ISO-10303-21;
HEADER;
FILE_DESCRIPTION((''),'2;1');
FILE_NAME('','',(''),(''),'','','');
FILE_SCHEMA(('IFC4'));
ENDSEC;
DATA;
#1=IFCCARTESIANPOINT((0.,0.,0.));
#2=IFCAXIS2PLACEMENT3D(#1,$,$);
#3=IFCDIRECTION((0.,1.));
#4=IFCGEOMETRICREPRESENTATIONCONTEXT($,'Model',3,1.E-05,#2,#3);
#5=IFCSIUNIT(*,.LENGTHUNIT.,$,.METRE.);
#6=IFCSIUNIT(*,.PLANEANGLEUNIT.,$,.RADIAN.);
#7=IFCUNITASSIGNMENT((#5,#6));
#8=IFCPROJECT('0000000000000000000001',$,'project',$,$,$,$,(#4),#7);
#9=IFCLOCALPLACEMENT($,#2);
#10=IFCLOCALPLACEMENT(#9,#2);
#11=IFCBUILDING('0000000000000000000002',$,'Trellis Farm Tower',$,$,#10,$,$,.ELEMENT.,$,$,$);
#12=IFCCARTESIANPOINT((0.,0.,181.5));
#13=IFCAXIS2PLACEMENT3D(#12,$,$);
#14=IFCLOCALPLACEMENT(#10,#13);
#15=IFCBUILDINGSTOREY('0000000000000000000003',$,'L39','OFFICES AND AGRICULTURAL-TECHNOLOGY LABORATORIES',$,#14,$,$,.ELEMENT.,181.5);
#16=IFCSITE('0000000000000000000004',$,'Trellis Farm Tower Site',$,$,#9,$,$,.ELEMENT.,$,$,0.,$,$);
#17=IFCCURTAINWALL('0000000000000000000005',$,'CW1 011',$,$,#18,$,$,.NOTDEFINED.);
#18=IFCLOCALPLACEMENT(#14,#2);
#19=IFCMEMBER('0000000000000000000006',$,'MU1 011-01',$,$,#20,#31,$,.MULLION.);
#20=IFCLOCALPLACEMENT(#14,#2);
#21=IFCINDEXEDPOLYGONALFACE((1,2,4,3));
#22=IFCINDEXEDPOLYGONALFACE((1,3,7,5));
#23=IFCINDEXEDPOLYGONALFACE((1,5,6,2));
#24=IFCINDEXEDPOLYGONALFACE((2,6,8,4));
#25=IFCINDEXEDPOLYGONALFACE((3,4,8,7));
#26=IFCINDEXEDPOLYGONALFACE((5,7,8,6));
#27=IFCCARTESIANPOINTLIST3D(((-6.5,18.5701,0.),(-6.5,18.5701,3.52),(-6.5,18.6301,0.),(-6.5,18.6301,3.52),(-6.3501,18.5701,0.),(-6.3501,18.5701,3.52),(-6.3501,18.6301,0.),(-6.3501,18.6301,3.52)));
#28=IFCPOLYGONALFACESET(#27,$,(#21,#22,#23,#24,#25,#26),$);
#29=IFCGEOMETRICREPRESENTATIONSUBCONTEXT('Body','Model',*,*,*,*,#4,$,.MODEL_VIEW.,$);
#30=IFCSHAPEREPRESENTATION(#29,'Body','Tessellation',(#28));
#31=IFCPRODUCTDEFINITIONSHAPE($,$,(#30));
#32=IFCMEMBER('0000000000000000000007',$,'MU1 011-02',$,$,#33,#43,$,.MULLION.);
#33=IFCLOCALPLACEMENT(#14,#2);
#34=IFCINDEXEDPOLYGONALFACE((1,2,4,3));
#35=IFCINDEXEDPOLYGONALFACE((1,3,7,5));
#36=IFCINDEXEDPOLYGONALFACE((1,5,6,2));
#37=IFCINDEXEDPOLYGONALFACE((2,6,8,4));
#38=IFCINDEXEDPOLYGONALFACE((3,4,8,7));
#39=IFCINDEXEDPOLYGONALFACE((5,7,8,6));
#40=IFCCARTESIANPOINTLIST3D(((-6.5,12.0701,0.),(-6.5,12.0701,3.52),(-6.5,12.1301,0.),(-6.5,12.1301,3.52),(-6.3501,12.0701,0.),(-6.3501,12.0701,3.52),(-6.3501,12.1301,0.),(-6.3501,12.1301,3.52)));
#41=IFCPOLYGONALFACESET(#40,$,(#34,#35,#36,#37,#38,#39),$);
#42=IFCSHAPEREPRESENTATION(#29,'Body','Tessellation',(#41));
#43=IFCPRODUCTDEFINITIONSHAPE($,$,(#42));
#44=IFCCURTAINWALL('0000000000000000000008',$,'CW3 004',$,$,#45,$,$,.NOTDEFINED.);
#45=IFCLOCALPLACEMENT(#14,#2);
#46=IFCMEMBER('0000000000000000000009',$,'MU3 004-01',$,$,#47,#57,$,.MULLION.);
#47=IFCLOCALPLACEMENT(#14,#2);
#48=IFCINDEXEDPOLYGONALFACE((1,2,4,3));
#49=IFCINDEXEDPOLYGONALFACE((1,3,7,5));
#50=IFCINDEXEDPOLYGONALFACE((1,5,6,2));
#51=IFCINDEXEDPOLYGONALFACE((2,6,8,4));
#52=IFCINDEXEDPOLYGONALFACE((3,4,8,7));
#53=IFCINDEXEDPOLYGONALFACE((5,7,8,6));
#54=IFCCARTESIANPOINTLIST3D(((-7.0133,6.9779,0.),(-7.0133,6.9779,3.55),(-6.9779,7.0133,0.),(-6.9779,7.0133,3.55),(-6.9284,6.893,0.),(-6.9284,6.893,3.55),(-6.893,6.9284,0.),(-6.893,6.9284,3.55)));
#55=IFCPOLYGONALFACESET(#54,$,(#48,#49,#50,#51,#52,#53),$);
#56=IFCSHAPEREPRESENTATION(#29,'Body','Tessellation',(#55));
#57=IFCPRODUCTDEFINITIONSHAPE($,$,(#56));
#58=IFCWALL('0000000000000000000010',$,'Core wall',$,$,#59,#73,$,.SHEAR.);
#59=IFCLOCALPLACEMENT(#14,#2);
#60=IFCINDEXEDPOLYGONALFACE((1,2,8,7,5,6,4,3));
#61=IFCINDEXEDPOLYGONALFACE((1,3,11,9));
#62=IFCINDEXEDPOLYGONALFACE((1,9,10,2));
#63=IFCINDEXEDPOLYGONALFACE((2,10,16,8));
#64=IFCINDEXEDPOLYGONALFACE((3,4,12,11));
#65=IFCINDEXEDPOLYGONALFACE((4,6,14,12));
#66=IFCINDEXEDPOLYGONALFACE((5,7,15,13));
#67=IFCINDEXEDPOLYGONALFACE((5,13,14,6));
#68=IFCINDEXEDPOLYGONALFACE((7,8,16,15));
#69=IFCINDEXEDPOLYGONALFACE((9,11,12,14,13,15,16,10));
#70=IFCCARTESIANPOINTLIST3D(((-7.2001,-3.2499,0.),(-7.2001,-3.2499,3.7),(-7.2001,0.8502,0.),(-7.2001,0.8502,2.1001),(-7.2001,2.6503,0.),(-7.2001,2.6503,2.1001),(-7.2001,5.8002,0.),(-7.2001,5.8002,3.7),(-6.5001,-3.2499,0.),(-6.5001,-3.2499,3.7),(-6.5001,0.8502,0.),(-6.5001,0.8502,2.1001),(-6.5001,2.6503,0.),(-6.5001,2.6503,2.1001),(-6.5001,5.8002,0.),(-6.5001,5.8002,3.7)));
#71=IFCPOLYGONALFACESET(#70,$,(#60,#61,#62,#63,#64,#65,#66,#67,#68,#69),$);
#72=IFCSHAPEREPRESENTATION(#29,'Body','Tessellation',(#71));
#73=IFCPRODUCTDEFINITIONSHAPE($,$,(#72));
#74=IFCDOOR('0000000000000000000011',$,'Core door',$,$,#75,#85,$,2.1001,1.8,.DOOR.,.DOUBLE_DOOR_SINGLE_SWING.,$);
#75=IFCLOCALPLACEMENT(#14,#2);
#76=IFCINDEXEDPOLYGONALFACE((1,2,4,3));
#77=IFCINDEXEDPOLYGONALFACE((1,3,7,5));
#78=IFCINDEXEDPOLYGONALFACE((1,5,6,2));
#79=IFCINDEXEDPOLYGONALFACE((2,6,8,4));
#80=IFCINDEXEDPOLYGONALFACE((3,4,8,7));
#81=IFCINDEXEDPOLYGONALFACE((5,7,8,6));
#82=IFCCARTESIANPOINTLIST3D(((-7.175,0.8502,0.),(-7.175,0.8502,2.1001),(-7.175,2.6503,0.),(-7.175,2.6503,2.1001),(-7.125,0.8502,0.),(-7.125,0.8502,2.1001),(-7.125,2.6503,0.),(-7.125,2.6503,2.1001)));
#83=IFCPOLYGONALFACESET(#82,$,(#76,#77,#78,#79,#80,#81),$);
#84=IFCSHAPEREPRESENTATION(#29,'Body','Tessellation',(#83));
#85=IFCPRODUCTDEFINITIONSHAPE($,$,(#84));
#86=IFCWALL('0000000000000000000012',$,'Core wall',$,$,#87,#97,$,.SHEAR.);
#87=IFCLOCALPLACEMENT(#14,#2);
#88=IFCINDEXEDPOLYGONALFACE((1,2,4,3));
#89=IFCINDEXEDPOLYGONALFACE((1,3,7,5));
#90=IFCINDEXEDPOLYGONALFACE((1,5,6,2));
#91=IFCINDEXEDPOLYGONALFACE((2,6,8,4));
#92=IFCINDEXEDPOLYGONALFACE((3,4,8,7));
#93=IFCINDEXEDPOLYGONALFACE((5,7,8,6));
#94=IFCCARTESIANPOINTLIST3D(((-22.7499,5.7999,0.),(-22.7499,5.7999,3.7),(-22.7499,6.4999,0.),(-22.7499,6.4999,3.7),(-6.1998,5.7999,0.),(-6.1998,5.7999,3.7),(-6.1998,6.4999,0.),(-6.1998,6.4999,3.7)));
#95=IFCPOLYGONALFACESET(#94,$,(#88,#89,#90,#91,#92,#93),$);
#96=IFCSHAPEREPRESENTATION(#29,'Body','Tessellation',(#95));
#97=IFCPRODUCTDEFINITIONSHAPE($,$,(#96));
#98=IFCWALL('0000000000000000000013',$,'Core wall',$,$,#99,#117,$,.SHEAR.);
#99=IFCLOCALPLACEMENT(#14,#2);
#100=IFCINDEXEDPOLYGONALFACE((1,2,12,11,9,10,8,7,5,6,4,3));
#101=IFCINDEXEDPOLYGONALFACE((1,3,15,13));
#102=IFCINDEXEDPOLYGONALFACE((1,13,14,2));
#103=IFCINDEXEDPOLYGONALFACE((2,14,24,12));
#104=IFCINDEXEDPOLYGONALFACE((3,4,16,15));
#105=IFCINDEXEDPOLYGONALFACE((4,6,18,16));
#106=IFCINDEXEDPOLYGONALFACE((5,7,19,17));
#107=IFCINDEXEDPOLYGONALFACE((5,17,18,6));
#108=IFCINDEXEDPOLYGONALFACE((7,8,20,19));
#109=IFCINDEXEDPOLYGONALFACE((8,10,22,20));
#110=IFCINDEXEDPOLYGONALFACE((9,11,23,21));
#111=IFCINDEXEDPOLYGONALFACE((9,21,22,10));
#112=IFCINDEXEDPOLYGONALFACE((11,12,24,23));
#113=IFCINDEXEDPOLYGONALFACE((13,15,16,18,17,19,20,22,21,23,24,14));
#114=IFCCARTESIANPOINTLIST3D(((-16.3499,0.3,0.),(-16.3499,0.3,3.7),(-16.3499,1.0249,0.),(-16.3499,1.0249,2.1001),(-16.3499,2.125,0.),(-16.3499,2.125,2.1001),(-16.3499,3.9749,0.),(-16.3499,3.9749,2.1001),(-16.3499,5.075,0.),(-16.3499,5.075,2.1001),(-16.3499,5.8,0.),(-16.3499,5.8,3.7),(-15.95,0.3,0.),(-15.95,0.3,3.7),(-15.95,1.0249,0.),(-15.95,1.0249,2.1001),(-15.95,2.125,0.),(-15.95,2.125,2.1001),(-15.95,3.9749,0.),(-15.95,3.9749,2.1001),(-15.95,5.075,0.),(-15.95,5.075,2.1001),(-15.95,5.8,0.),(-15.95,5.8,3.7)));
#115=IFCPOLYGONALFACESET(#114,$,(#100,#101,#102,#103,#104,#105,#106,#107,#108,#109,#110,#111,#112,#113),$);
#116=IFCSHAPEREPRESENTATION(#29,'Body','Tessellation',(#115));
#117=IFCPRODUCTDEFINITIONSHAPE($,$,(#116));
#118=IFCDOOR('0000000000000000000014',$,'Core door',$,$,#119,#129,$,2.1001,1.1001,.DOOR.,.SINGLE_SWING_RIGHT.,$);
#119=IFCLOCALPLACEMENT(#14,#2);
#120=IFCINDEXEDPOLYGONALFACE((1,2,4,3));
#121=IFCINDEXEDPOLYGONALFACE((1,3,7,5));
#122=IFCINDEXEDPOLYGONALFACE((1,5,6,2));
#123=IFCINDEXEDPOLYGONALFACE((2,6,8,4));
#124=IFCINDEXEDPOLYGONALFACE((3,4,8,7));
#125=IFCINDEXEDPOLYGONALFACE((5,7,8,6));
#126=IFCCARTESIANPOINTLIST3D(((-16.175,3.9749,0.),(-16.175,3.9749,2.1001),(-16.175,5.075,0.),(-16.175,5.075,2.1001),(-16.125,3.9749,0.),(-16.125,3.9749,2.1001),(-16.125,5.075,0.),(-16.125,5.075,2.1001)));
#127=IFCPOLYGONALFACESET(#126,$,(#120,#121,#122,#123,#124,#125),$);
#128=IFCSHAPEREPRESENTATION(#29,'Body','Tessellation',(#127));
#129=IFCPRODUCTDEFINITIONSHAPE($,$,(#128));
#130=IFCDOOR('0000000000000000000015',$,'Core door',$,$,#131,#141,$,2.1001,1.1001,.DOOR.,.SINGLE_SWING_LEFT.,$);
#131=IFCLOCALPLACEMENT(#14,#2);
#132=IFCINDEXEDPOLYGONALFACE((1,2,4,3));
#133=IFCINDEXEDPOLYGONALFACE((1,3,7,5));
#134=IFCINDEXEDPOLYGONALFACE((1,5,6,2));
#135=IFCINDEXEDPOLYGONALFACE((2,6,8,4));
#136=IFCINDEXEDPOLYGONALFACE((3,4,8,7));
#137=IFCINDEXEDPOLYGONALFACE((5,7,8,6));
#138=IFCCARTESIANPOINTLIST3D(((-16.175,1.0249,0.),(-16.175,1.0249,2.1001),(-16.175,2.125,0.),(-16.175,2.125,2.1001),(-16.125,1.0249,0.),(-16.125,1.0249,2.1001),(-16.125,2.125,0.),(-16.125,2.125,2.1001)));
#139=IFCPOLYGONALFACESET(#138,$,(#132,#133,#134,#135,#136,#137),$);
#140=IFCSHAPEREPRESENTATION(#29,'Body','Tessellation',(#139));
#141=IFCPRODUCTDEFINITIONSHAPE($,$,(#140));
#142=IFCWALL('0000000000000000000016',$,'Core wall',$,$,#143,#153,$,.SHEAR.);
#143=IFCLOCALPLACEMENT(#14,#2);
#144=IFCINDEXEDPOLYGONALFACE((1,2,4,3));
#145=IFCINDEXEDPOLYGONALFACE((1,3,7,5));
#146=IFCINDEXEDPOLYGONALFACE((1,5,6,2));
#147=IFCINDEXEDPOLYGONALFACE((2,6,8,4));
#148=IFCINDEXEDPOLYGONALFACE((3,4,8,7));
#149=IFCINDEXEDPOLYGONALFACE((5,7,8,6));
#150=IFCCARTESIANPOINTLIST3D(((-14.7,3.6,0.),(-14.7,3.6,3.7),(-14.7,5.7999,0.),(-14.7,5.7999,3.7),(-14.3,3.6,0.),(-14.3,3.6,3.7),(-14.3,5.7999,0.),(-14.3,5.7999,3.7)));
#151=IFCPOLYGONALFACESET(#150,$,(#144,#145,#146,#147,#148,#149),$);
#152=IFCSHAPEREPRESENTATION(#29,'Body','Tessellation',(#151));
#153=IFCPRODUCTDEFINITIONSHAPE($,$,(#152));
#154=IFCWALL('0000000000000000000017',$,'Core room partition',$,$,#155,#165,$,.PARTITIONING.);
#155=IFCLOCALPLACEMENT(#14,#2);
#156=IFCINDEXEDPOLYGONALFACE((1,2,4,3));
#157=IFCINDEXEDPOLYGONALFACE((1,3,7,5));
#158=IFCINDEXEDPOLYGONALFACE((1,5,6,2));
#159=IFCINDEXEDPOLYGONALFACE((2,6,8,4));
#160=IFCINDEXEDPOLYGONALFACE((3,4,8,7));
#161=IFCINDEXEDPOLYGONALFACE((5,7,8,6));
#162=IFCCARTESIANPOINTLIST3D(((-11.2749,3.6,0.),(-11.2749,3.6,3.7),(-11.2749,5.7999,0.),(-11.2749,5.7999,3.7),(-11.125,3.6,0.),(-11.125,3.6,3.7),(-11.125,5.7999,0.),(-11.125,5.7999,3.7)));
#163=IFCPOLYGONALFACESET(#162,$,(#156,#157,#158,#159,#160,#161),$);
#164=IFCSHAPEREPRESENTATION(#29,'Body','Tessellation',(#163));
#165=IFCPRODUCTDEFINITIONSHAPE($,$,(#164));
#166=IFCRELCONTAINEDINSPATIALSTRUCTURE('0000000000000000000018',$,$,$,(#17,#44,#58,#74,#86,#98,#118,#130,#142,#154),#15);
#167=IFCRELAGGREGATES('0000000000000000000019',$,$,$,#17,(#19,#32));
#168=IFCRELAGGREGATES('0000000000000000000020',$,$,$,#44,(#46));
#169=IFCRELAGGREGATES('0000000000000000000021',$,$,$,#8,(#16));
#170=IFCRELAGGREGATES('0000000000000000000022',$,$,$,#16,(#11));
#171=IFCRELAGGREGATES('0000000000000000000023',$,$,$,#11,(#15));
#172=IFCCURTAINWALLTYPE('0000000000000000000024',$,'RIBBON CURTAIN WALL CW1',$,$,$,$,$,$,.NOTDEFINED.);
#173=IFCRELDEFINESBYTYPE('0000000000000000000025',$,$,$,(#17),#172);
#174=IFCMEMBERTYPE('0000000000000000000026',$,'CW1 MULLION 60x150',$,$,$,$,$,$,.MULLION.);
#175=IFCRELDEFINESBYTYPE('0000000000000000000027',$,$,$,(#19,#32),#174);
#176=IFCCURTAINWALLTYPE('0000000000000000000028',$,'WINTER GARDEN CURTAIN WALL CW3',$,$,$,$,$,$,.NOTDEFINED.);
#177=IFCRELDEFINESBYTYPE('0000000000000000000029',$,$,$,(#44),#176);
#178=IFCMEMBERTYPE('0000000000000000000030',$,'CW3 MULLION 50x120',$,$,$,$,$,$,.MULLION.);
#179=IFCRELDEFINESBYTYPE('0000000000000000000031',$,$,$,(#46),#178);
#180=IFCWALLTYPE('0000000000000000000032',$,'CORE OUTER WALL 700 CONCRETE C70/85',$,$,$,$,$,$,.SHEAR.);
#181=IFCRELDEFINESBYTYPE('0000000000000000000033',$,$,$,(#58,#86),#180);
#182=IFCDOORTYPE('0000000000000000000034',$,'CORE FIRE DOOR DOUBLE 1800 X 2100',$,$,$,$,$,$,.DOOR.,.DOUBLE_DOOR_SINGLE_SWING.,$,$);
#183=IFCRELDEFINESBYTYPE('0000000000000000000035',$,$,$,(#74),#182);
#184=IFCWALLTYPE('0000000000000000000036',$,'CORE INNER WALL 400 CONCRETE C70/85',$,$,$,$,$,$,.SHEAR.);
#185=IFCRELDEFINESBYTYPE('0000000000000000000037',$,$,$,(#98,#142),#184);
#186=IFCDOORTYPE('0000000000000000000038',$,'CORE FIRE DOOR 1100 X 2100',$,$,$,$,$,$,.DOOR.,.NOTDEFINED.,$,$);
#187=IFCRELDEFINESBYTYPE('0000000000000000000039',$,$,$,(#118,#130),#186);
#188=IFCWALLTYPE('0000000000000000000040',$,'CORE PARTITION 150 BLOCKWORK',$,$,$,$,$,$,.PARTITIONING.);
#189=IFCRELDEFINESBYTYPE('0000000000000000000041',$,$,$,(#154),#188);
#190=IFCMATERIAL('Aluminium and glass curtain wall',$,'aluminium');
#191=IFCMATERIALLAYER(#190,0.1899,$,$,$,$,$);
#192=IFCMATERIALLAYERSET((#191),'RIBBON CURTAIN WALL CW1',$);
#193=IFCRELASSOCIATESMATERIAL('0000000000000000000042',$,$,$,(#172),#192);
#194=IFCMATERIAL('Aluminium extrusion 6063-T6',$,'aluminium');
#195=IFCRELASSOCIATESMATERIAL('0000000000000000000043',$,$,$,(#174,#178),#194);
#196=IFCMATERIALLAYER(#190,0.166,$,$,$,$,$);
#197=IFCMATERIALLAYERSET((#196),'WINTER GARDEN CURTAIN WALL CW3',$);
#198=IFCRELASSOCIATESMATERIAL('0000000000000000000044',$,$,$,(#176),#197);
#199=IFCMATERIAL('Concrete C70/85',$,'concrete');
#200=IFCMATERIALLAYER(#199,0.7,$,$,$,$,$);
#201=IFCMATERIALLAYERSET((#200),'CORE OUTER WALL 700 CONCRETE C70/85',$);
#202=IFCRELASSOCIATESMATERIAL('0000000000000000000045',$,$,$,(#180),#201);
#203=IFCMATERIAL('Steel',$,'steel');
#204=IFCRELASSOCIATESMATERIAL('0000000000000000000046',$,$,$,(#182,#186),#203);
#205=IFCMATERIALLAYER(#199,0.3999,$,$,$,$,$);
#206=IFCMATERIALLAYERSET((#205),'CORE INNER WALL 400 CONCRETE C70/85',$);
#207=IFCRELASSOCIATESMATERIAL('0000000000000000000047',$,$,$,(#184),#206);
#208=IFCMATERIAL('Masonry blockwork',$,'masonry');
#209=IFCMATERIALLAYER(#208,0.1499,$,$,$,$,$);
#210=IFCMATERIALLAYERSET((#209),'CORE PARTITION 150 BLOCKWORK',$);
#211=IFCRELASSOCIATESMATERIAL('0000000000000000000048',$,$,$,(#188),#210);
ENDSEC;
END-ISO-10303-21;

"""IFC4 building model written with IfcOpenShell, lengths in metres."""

from ifc_helpers import new_model, si_unit, direction, frame, frame_2d, origin, origin_2d, place, context, subcontext, project, spatial, rectangle, extrude, source, transform, mapped, material, layer, layer_set, material_profile, profile_set, type_object, element, fill, aggregate, save


model = new_model("IFC4")

# Units and contexts
model_context = context("Model", 3, precision=1e-05, world=origin(), true_north=direction((0.0, 1.0)))
body_context = subcontext(model_context, "Body", "Model", "MODEL_VIEW")
ifc_project = project(units=[si_unit("LENGTHUNIT", "METRE"), si_unit("PLANEANGLEUNIT", "RADIAN")], contexts=[model_context])

# Site, building, storey
site_placement = place(None, origin())
site = spatial("IfcSite", under=ifc_project, at=site_placement, Name="Trellis Farm Tower Site", CompositionType="ELEMENT", RefElevation=0.0)
building_placement = place(site_placement, origin())
building = spatial("IfcBuilding", under=site, at=building_placement, Name="Trellis Farm Tower", CompositionType="ELEMENT")
storey_placement = place(building_placement, frame((0.0, 0.0, 181.5)))
storey = spatial("IfcBuildingStorey", under=building, at=storey_placement, Name="L39", Description="OFFICES AND AGRICULTURAL-TECHNOLOGY LABORATORIES", CompositionType="ELEMENT", Elevation=181.5)

# Shared definitions
ifc_material_1 = material(Name="Concrete C70/85", Category="concrete")

# Shared definitions
ifc_material_2 = material(Name="Aluminium and glass curtain wall", Category="aluminium")
ifc_layer_1 = layer(ifc_material_2, 0.1899)
ifc_layer_set_1 = layer_set([ifc_layer_1], Name="RIBBON CURTAIN WALL CW1")
curtain_wall_type_1 = type_object("IfcCurtainWallType", Name="RIBBON CURTAIN WALL CW1", PredefinedType="NOTDEFINED", material=ifc_layer_set_1)
placement = place(storey_placement, origin())
ifc_material_3 = material(Name="Aluminium extrusion 6063-T6", Category="aluminium")
ifc_material_profile_1 = material_profile(ifc_material_3, rectangle(XDim=0.0601, YDim=0.1499, at=origin_2d()), Name="MULLION 60x150")
ifc_profile_set_1 = profile_set([ifc_material_profile_1], Name="Aluminium extrusion 6063-T6")
member_type_1 = type_object("IfcMemberType", Name="CW1 MULLION 60x150", PredefinedType="MULLION", material=ifc_profile_set_1)
shared_shape_1 = source(origin(), body_context, "Body", "SweptSolid", [
    extrude(rectangle(XDim=0.0601, YDim=0.1499, at=origin_2d()), origin(), (0.0, 0.0, 1.0), 3.52),
])

# Curtain wall, members
curtain_wall_1 = element("IfcCurtainWall", 1, at=placement, inside=storey, type_object=curtain_wall_type_1, Name="CW1 011", PredefinedType="NOTDEFINED")
member_1_placement = place(storey_placement, frame((-6.425, 18.6001, 0.0), z_axis=(0.0, 0.0, 1.0), x_axis=(0.0, -1.0, 0.0)))
member_1 = element("IfcMember", 2, at=member_1_placement, type_object=member_type_1, Name="MU1 011-01", PredefinedType="MULLION", context=body_context, shape_type="MappedRepresentation", body=[
    mapped(shared_shape_1, transform((0.0, 0.0, 0.0))),
])
member_2_placement = place(storey_placement, frame((-6.425, 12.1001, 0.0), z_axis=(0.0, 0.0, 1.0), x_axis=(0.0, -1.0, 0.0)))
member_2 = element("IfcMember", 3, at=member_2_placement, type_object=member_type_1, Name="MU1 011-02", PredefinedType="MULLION", context=body_context, shape_type="MappedRepresentation", body=[
    mapped(shared_shape_1, transform((0.0, 0.0, 0.0))),
])
aggregate(curtain_wall_1, [member_1, member_2])

# Curtain wall, member
ifc_layer_2 = layer(ifc_material_2, 0.166)
ifc_layer_set_2 = layer_set([ifc_layer_2], Name="WINTER GARDEN CURTAIN WALL CW3")
curtain_wall_type_2 = type_object("IfcCurtainWallType", Name="WINTER GARDEN CURTAIN WALL CW3", PredefinedType="NOTDEFINED", material=ifc_layer_set_2)
curtain_wall_2 = element("IfcCurtainWall", 4, at=placement, inside=storey, type_object=curtain_wall_type_2, Name="CW3 004", PredefinedType="NOTDEFINED")
ifc_material_profile_2 = material_profile(ifc_material_3, rectangle(XDim=0.05, YDim=0.1201, at=origin_2d()), Name="MULLION 50x120")
ifc_profile_set_2 = profile_set([ifc_material_profile_2], Name="Aluminium extrusion 6063-T6")
member_type_2 = type_object("IfcMemberType", Name="CW3 MULLION 50x120", PredefinedType="MULLION", material=ifc_profile_set_2)
shared_shape_2 = source(origin(), body_context, "Body", "SweptSolid", [
    extrude(rectangle(XDim=0.05, YDim=0.1201, at=origin_2d()), origin(), (0.0, 0.0, 1.0), 3.55),
])
member_3_placement = place(storey_placement, frame((-6.9531, 6.9531, 0.0), z_axis=(0.0, 0.0, 1.0), x_axis=(-0.707107, -0.707107, 0.0)))
member_3 = element("IfcMember", 5, at=member_3_placement, type_object=member_type_2, Name="MU3 004-01", PredefinedType="MULLION", context=body_context, shape_type="MappedRepresentation", body=[
    mapped(shared_shape_2, transform((0.0, 0.0, 0.0))),
])
aggregate(curtain_wall_2, [member_3])

# Wall, opening, door
ifc_layer_3 = layer(ifc_material_1, 0.7)
ifc_layer_set_3 = layer_set([ifc_layer_3], Name="CORE OUTER WALL 700 CONCRETE C70/85")
wall_type_1 = type_object("IfcWallType", Name="CORE OUTER WALL 700 CONCRETE C70/85", PredefinedType="SHEAR", material=ifc_layer_set_3)
shared_shape_3 = source(origin(), body_context, "Body", "SweptSolid", [
    extrude(rectangle(XDim=9.05, YDim=0.7, at=frame_2d((4.5249, 0.0))), origin(), (0.0, 0.0, 1.0), 3.7),
])
wall_1_placement = place(storey_placement, frame((-6.8501, 5.8, 0.0), z_axis=(0.0, 0.0, 1.0), x_axis=(0.0, -1.0, 0.0)))
wall_1 = element("IfcWall", 6, at=wall_1_placement, inside=storey, type_object=wall_type_1, Name="Core wall", PredefinedType="SHEAR", context=body_context, shape_type="MappedRepresentation", body=[
    mapped(shared_shape_3, transform((0.0, 0.0, 0.0))),
])
shared_shape_4 = source(origin(), body_context, "Body", "SweptSolid", [
    extrude(rectangle(XDim=1.8, YDim=2.1001, at=frame_2d((0.8999, 1.05))), frame((0.0, 0.3601, 0.0), z_axis=(0.0, -1.0, 0.0), x_axis=(1.0, 0.0, 0.0)), (0.0, 0.0, 1.0), 0.7202),
])
opening_1_placement = place(wall_1_placement, frame((3.1499, 0.0, 0.0)))
opening_1 = element("IfcOpeningElement", 7, at=opening_1_placement, cuts=wall_1, PredefinedType="OPENING", context=body_context, shape_type="MappedRepresentation", body=[
    mapped(shared_shape_4, transform((0.0, 0.0, 0.0))),
])
ifc_material_4 = material(Name="Steel", Category="steel")
door_type_1 = type_object("IfcDoorType", Name="CORE FIRE DOOR DOUBLE 1800 X 2100", OperationType="DOUBLE_DOOR_SINGLE_SWING", PredefinedType="DOOR", material=ifc_material_4)
shared_shape_5 = source(origin(), body_context, "Body", "SweptSolid", [
    extrude(rectangle(XDim=1.8, YDim=2.1001, at=frame_2d((0.8999, 1.05))), frame((0.0, -0.2749, 0.0), z_axis=(0.0, -1.0, 0.0), x_axis=(1.0, 0.0, 0.0)), (0.0, 0.0, 1.0), 0.05),
])
door_1_placement = place(opening_1_placement, origin())
door_1 = element("IfcDoor", 8, at=door_1_placement, inside=storey, type_object=door_type_1, Name="Core door", OperationType="DOUBLE_DOOR_SINGLE_SWING", OverallHeight=2.1001, OverallWidth=1.8, PredefinedType="DOOR", context=body_context, shape_type="MappedRepresentation", body=[
    mapped(shared_shape_5, transform((0.0, 0.0, 0.0))),
])
fill(opening_1, door_1)

# Wall
shared_shape_6 = source(origin(), body_context, "Body", "SweptSolid", [
    extrude(rectangle(XDim=16.55, YDim=0.7, at=frame_2d((8.2749, 0.0))), origin(), (0.0, 0.0, 1.0), 3.7),
])
wall_2_placement = place(storey_placement, frame((-6.2, 6.1499, 0.0), z_axis=(0.0, 0.0, 1.0), x_axis=(-1.0, 0.0, 0.0)))
element("IfcWall", 9, at=wall_2_placement, inside=storey, type_object=wall_type_1, Name="Core wall", PredefinedType="SHEAR", context=body_context, shape_type="MappedRepresentation", body=[
    mapped(shared_shape_6, transform((0.0, 0.0, 0.0))),
])

# Wall, openings, doors
ifc_layer_4 = layer(ifc_material_1, 0.3999)
ifc_layer_set_4 = layer_set([ifc_layer_4], Name="CORE INNER WALL 400 CONCRETE C70/85")
wall_type_2 = type_object("IfcWallType", Name="CORE INNER WALL 400 CONCRETE C70/85", PredefinedType="SHEAR", material=ifc_layer_set_4)
shared_shape_7 = source(origin(), body_context, "Body", "SweptSolid", [
    extrude(rectangle(XDim=5.5, YDim=0.3999, at=frame_2d((2.75, 0.0))), origin(), (0.0, 0.0, 1.0), 3.7),
])
wall_3_placement = place(storey_placement, frame((-16.1499, 5.8, 0.0), z_axis=(0.0, 0.0, 1.0), x_axis=(0.0, -1.0, 0.0)))
wall_3 = element("IfcWall", 10, at=wall_3_placement, inside=storey, type_object=wall_type_2, Name="Core wall", PredefinedType="SHEAR", context=body_context, shape_type="MappedRepresentation", body=[
    mapped(shared_shape_7, transform((0.0, 0.0, 0.0))),
])
shared_shape_8 = source(origin(), body_context, "Body", "SweptSolid", [
    extrude(rectangle(XDim=1.1001, YDim=2.1001, at=frame_2d((0.55, 1.05))), frame((0.0, 0.21, 0.0), z_axis=(0.0, -1.0, 0.0), x_axis=(1.0, 0.0, 0.0)), (0.0, 0.0, 1.0), 0.4199),
])
opening_2_placement = place(wall_3_placement, frame((0.7251, 0.0, 0.0)))
opening_2 = element("IfcOpeningElement", 11, at=opening_2_placement, cuts=wall_3, PredefinedType="OPENING", context=body_context, shape_type="MappedRepresentation", body=[
    mapped(shared_shape_8, transform((0.0, 0.0, 0.0))),
])
opening_3_placement = place(wall_3_placement, frame((3.675, 0.0, 0.0)))
opening_3 = element("IfcOpeningElement", 12, at=opening_3_placement, cuts=wall_3, PredefinedType="OPENING", context=body_context, shape_type="MappedRepresentation", body=[
    mapped(shared_shape_8, transform((0.0, 0.0, 0.0))),
])
door_type_2 = type_object("IfcDoorType", Name="CORE FIRE DOOR 1100 X 2100", OperationType="NOTDEFINED", PredefinedType="DOOR", material=ifc_material_4)
shared_shape_9 = source(origin(), body_context, "Body", "SweptSolid", [
    extrude(rectangle(XDim=1.1001, YDim=2.1001, at=frame_2d((0.55, 1.05))), frame((0.0, 0.0249, 0.0), z_axis=(0.0, -1.0, 0.0), x_axis=(1.0, 0.0, 0.0)), (0.0, 0.0, 1.0), 0.05),
])
door_2_placement = place(opening_2_placement, origin())
door_2 = element("IfcDoor", 13, at=door_2_placement, inside=storey, type_object=door_type_2, Name="Core door", OperationType="SINGLE_SWING_RIGHT", OverallHeight=2.1001, OverallWidth=1.1001, PredefinedType="DOOR", context=body_context, shape_type="MappedRepresentation", body=[
    mapped(shared_shape_9, transform((0.0, 0.0, 0.0))),
])
fill(opening_2, door_2)
door_3_placement = place(opening_3_placement, origin())
door_3 = element("IfcDoor", 14, at=door_3_placement, inside=storey, type_object=door_type_2, Name="Core door", OperationType="SINGLE_SWING_LEFT", OverallHeight=2.1001, OverallWidth=1.1001, PredefinedType="DOOR", context=body_context, shape_type="MappedRepresentation", body=[
    mapped(shared_shape_9, transform((0.0, 0.0, 0.0))),
])
fill(opening_3, door_3)

# Walls
shared_shape_10 = source(origin(), body_context, "Body", "SweptSolid", [
    extrude(rectangle(XDim=2.2, YDim=0.3999, at=frame_2d((1.1001, 0.0))), origin(), (0.0, 0.0, 1.0), 3.7),
])
wall_4_placement = place(storey_placement, frame((-14.5, 5.8, 0.0), z_axis=(0.0, 0.0, 1.0), x_axis=(0.0, -1.0, 0.0)))
element("IfcWall", 15, at=wall_4_placement, inside=storey, type_object=wall_type_2, Name="Core wall", PredefinedType="SHEAR", context=body_context, shape_type="MappedRepresentation", body=[
    mapped(shared_shape_10, transform((0.0, 0.0, 0.0))),
])
ifc_material_5 = material(Name="Masonry blockwork", Category="masonry")
ifc_layer_5 = layer(ifc_material_5, 0.1499)
ifc_layer_set_5 = layer_set([ifc_layer_5], Name="CORE PARTITION 150 BLOCKWORK")
wall_type_3 = type_object("IfcWallType", Name="CORE PARTITION 150 BLOCKWORK", PredefinedType="PARTITIONING", material=ifc_layer_set_5)
shared_shape_11 = source(origin(), body_context, "Body", "SweptSolid", [
    extrude(rectangle(XDim=2.2, YDim=0.1499, at=frame_2d((1.1001, 0.0))), origin(), (0.0, 0.0, 1.0), 3.7),
])
for number, where, z_axis, x_axis, name in (
    (16, (-11.2, 5.8, 0.0), (0.0, 0.0, 1.0), (0.0, -1.0, 0.0), "Core room partition"),
):
    element("IfcWall", number, at=place(storey_placement, frame(where, z_axis=z_axis, x_axis=x_axis)), inside=storey, type_object=wall_type_3, Name=name, PredefinedType="PARTITIONING", context=body_context, shape_type="MappedRepresentation", body=[
        mapped(shared_shape_11, transform((0.0, 0.0, 0.0))),
    ])

save(model, "model.ifc")
